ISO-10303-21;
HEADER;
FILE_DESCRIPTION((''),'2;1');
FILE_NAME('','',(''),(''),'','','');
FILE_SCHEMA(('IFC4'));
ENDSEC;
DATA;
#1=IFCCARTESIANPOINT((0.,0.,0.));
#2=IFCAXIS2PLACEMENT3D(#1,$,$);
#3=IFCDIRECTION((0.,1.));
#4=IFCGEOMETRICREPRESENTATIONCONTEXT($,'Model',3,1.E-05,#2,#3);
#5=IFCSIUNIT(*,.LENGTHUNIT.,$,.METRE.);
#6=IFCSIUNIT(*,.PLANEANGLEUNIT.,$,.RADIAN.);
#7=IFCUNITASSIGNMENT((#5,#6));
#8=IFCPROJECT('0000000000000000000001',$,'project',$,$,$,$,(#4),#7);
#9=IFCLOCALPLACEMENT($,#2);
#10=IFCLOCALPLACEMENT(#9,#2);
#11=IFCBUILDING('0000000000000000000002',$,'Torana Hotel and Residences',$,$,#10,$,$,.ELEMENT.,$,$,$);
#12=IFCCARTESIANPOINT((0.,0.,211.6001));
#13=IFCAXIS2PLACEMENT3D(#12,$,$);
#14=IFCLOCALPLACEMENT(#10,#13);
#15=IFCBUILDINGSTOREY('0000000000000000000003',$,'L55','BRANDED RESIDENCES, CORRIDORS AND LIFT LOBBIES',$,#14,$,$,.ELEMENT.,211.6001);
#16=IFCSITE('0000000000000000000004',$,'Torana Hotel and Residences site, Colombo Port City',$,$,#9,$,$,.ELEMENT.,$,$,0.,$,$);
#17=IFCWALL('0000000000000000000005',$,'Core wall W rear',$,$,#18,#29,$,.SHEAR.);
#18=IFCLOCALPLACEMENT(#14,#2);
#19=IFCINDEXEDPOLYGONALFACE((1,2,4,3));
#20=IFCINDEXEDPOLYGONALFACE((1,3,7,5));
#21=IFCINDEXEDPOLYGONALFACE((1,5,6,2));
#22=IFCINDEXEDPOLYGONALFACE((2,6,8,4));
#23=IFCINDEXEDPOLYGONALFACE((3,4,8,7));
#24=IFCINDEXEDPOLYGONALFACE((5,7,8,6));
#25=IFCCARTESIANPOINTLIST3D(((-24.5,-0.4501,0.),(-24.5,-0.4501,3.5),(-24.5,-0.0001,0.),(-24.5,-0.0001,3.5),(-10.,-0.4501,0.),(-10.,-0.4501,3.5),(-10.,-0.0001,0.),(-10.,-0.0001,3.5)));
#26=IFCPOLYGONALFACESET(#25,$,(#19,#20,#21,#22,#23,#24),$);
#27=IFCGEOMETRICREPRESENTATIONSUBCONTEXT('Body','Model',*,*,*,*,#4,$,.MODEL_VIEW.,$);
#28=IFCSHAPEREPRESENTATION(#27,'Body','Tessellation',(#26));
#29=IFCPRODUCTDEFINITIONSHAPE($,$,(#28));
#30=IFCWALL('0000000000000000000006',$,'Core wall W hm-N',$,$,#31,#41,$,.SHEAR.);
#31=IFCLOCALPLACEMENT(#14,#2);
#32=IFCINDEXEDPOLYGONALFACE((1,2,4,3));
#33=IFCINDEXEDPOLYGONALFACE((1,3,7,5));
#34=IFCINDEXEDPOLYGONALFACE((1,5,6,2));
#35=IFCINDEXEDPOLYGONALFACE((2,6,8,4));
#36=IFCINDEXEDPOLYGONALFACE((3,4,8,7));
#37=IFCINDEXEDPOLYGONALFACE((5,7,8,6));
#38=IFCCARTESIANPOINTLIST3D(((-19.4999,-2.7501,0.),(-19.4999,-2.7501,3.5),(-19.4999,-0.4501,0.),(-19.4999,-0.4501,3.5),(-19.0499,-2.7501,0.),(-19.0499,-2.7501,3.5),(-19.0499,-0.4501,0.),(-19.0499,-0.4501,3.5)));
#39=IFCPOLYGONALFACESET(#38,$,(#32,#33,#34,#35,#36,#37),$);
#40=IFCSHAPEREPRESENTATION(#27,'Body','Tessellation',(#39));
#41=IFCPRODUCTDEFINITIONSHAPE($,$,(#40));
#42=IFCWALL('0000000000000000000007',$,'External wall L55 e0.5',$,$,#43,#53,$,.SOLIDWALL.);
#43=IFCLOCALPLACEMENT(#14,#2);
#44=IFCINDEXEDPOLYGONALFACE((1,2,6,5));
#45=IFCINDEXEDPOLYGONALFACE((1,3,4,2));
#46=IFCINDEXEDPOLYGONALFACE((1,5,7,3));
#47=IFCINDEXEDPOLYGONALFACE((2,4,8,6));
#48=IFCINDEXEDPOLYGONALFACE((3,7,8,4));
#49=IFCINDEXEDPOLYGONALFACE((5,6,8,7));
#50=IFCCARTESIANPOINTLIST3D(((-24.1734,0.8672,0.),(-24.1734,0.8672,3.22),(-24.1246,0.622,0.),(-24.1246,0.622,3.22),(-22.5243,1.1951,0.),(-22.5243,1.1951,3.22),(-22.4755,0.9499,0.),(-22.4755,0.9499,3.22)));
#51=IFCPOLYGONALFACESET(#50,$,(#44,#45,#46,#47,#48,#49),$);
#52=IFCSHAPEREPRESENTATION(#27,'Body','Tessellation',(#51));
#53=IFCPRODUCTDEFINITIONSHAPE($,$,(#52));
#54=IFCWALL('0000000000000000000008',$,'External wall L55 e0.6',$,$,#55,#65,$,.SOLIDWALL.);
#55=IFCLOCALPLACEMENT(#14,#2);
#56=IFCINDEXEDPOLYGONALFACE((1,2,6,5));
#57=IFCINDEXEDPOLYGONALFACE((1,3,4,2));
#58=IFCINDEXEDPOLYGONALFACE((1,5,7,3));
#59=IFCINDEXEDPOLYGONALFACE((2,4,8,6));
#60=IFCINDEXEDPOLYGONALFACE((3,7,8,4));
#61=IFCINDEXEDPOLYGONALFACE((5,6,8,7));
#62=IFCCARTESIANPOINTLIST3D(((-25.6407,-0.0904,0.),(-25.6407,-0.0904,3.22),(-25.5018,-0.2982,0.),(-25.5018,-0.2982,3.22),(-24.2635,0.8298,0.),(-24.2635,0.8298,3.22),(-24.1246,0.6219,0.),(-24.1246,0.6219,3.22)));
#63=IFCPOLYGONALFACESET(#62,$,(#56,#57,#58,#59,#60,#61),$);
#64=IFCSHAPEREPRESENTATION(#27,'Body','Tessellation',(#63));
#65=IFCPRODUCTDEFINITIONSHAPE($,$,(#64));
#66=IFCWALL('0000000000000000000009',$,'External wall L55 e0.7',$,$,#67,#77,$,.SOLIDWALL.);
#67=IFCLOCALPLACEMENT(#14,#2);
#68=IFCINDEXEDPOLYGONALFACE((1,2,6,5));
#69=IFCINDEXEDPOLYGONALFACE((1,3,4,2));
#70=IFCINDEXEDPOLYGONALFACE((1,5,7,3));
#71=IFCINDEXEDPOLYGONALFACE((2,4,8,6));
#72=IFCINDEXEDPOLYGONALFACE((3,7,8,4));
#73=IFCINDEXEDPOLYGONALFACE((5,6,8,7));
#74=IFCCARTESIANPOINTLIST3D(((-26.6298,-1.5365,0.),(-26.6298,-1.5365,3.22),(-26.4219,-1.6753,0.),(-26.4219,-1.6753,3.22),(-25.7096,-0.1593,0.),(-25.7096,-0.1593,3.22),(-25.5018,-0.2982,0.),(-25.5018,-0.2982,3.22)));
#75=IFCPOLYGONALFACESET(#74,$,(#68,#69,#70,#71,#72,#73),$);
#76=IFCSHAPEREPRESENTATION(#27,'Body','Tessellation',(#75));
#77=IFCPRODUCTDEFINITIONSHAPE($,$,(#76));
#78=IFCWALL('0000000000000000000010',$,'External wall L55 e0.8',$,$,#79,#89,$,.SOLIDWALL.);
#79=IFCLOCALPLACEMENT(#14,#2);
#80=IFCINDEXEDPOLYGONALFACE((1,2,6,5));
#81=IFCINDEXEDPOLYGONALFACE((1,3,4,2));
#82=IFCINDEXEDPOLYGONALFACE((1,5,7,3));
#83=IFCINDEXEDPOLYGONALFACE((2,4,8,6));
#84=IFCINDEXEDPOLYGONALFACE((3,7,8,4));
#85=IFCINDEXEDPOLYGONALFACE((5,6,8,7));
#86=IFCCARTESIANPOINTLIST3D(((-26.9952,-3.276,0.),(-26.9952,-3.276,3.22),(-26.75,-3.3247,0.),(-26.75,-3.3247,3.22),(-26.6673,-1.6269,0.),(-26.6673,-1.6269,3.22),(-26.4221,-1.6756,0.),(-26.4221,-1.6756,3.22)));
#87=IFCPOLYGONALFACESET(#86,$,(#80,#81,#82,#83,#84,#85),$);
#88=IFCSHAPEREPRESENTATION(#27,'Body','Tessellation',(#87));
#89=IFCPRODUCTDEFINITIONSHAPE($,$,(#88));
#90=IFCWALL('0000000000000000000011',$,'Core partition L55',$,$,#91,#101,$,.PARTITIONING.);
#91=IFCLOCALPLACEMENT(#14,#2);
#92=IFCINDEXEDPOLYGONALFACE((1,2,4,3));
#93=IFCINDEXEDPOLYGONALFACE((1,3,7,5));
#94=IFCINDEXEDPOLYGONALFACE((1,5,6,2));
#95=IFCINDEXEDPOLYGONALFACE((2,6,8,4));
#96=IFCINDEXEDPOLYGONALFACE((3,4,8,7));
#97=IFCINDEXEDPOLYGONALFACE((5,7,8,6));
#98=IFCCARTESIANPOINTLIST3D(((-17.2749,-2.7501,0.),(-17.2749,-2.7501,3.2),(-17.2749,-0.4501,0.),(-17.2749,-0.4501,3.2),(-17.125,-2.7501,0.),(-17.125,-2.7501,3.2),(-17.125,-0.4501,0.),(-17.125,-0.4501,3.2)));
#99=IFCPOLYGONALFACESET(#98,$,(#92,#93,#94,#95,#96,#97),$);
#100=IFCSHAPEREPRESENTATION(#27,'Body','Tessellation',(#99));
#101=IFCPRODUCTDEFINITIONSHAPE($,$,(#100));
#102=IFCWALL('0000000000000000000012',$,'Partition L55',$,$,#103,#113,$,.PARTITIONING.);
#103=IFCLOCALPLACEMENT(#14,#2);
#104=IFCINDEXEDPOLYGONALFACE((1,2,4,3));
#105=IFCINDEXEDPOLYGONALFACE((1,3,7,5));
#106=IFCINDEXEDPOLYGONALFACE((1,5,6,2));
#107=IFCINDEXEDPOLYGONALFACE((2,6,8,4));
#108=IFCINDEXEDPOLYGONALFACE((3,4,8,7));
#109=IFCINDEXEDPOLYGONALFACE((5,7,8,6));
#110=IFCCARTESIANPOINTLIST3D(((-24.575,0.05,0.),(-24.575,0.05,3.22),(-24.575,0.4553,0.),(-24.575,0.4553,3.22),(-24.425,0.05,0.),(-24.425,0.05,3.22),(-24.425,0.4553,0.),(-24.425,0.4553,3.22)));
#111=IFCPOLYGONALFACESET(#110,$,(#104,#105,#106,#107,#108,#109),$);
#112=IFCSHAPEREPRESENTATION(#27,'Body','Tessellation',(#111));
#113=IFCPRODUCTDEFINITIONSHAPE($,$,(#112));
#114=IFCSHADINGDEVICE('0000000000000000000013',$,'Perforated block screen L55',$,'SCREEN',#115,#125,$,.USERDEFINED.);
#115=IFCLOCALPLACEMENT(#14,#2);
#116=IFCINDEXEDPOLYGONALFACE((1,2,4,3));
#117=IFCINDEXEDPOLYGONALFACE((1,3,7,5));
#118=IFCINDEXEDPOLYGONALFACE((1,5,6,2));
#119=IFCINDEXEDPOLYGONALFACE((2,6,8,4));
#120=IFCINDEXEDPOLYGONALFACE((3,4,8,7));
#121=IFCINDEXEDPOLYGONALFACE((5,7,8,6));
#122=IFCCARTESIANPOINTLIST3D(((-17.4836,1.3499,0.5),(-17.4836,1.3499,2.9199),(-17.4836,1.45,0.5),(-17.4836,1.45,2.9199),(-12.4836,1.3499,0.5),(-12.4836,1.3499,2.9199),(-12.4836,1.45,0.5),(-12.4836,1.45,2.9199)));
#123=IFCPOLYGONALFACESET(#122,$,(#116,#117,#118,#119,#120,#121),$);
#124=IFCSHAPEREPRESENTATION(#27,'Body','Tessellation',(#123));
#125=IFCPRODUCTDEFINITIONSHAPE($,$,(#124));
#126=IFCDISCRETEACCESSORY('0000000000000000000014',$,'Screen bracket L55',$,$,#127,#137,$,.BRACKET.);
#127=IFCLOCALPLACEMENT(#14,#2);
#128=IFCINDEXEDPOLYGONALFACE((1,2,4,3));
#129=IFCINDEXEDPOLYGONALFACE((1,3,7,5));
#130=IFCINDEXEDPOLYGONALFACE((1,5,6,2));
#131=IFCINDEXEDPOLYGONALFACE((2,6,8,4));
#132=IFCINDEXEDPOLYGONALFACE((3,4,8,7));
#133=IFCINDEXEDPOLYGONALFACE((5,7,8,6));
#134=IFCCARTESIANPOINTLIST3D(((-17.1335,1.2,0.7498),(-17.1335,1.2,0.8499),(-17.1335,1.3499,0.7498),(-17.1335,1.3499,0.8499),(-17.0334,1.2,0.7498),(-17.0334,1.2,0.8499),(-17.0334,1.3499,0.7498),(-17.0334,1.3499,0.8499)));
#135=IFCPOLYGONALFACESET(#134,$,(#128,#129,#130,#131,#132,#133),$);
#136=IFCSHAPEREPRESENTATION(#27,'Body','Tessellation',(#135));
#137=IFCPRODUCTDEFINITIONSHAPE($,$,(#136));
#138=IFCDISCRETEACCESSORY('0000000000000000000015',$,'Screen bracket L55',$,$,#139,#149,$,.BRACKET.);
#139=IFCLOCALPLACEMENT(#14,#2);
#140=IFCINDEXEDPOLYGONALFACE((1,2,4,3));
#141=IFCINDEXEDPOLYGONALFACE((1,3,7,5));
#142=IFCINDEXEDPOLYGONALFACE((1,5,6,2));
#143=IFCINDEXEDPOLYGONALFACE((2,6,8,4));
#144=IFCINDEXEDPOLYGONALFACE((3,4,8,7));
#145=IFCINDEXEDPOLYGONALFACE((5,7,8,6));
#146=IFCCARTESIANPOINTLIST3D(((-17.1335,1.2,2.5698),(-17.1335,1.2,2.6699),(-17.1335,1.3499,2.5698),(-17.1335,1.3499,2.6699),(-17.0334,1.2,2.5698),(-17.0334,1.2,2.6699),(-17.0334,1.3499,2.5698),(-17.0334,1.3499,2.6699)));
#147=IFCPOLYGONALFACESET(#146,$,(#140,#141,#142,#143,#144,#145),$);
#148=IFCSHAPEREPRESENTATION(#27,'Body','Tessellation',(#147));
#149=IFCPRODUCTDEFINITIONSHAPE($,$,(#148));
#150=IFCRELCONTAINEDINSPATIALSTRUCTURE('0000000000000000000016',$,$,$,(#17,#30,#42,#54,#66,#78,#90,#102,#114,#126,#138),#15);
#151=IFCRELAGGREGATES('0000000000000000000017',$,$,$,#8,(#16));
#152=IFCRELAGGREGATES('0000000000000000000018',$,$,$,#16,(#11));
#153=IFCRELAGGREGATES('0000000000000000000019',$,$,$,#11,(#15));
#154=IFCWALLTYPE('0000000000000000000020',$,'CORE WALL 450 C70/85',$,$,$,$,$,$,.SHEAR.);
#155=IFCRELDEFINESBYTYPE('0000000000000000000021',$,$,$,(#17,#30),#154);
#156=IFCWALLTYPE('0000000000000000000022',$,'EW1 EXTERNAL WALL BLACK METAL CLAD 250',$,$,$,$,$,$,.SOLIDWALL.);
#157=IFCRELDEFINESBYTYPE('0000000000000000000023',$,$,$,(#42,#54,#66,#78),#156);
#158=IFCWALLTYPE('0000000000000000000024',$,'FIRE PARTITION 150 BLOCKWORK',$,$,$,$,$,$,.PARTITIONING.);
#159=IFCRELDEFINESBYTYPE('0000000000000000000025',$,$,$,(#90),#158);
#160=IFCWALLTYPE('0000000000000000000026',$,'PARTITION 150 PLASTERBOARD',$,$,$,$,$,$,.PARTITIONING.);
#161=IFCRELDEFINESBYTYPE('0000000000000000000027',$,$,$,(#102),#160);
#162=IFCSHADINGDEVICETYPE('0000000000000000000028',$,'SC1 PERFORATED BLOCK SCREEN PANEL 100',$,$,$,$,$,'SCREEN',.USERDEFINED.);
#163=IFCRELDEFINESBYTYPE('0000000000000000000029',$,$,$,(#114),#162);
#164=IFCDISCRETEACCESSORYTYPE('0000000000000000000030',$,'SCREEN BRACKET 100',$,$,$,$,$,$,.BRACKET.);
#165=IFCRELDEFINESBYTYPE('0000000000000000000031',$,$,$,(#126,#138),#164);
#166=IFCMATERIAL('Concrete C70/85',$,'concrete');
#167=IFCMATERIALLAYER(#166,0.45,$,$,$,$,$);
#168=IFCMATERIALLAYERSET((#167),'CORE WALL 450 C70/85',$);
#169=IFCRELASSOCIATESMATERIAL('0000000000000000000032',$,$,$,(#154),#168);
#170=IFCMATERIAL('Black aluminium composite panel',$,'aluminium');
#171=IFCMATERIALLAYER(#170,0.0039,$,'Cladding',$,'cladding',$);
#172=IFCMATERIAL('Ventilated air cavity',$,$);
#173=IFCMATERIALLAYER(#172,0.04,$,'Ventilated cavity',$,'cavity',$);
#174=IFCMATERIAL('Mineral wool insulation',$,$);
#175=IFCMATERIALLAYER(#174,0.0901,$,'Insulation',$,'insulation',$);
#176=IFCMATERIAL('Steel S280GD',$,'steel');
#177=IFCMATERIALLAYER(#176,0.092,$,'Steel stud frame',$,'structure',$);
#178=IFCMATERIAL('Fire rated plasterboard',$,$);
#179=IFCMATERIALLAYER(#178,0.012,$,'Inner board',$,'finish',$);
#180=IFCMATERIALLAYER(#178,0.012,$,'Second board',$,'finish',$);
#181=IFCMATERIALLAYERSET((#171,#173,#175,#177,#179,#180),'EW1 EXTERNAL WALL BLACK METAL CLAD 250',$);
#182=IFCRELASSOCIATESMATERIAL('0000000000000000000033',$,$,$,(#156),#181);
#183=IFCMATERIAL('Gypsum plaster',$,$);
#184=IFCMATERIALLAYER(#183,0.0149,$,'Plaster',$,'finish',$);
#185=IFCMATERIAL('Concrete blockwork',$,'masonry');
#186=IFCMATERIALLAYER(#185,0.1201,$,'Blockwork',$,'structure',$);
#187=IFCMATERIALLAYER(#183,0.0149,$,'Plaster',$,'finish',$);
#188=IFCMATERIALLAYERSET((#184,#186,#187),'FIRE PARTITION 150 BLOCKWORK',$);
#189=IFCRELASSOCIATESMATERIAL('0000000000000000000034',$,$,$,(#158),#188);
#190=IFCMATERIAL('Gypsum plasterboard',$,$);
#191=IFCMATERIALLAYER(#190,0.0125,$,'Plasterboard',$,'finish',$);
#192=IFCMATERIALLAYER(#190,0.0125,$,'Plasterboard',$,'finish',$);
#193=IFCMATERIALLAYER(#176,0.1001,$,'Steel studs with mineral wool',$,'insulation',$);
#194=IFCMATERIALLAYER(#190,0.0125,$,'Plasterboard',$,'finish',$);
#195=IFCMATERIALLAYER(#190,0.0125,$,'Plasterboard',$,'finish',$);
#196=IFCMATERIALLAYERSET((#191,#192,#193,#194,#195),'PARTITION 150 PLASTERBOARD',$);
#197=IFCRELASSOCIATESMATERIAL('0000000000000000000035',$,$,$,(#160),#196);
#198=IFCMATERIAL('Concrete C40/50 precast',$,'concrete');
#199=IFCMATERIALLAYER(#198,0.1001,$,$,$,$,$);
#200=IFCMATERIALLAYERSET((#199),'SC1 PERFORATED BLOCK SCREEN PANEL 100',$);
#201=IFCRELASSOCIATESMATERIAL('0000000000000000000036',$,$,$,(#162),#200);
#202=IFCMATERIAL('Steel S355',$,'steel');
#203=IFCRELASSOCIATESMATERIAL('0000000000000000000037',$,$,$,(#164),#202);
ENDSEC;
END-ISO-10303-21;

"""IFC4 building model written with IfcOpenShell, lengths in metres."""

from ifc_helpers import new_model, si_unit, direction, frame, frame_2d, origin, origin_2d, place, context, subcontext, project, spatial, rectangle, extrude, material, layer, layer_set, type_object, element, save


model = new_model("IFC4")

# Units and contexts
model_context = context("Model", 3, precision=1e-05, world=origin(), true_north=direction((0.0, 1.0)))
body_context = subcontext(model_context, "Body", "Model", "MODEL_VIEW")
ifc_project = project(units=[si_unit("LENGTHUNIT", "METRE"), si_unit("PLANEANGLEUNIT", "RADIAN")], contexts=[model_context])

# Site, building, storey
site_placement = place(None, origin())
site = spatial("IfcSite", under=ifc_project, at=site_placement, Name="Torana Hotel and Residences site, Colombo Port City", CompositionType="ELEMENT", RefElevation=0.0)
building_placement = place(site_placement, origin())
building = spatial("IfcBuilding", under=site, at=building_placement, Name="Torana Hotel and Residences", CompositionType="ELEMENT")
storey_placement = place(building_placement, frame((0.0, 0.0, 211.6001)))
storey = spatial("IfcBuildingStorey", under=building, at=storey_placement, Name="L55", Description="BRANDED RESIDENCES, CORRIDORS AND LIFT LOBBIES", CompositionType="ELEMENT", Elevation=211.6001)

# Walls
ifc_material_1 = material(Name="Concrete C70/85", Category="concrete")
ifc_layer_1 = layer(ifc_material_1, 0.45)
ifc_layer_set_1 = layer_set([ifc_layer_1], Name="CORE WALL 450 C70/85")
wall_type_1 = type_object("IfcWallType", Name="CORE WALL 450 C70/85", PredefinedType="SHEAR", material=ifc_layer_set_1)
wall_1_placement = place(storey_placement, frame((-24.5, -0.2251, 0.0), z_axis=(0.0, 0.0, 1.0), x_axis=(1.0, 0.0, 0.0)))
element("IfcWall", 1, at=wall_1_placement, inside=storey, type_object=wall_type_1, Name="Core wall W rear", PredefinedType="SHEAR", context=body_context, shape_type="SweptSolid", body=[
    extrude(rectangle(XDim=14.5, YDim=0.45, at=frame_2d((7.25, 0.0))), origin(), (0.0, 0.0, 1.0), 3.5),
])
wall_2_placement = place(storey_placement, frame((-19.2749, -2.75, 0.0), z_axis=(0.0, 0.0, 1.0), x_axis=(0.0, 1.0, 0.0)))
element("IfcWall", 2, at=wall_2_placement, inside=storey, type_object=wall_type_1, Name="Core wall W hm-N", PredefinedType="SHEAR", context=body_context, shape_type="SweptSolid", body=[
    extrude(rectangle(XDim=2.3, YDim=0.45, at=frame_2d((1.1499, 0.0))), origin(), (0.0, 0.0, 1.0), 3.5),
])
ifc_material_2 = material(Name="Black aluminium composite panel", Category="aluminium")
ifc_layer_2 = layer(ifc_material_2, 0.0039, Name="Cladding", Category="cladding")
ifc_material_3 = material(Name="Ventilated air cavity")
ifc_layer_3 = layer(ifc_material_3, 0.04, Name="Ventilated cavity", Category="cavity")
ifc_material_4 = material(Name="Mineral wool insulation")
ifc_layer_4 = layer(ifc_material_4, 0.0901, Name="Insulation", Category="insulation")
ifc_material_5 = material(Name="Steel S280GD", Category="steel")
ifc_layer_5 = layer(ifc_material_5, 0.092, Name="Steel stud frame", Category="structure")
ifc_material_6 = material(Name="Fire rated plasterboard")
ifc_layer_6 = layer(ifc_material_6, 0.012, Name="Inner board", Category="finish")
ifc_layer_7 = layer(ifc_material_6, 0.012, Name="Second board", Category="finish")
ifc_layer_set_2 = layer_set([ifc_layer_2, ifc_layer_3, ifc_layer_4, ifc_layer_5, ifc_layer_6, ifc_layer_7], Name="EW1 EXTERNAL WALL BLACK METAL CLAD 250")
wall_type_2 = type_object("IfcWallType", Name="EW1 EXTERNAL WALL BLACK METAL CLAD 250", PredefinedType="SOLIDWALL", material=ifc_layer_set_2)
wall_3_placement = place(storey_placement, frame((-22.4998, 1.0725, 0.0), z_axis=(0.0, 0.0, 1.0), x_axis=(-0.980803, -0.194999, 0.0)))
element("IfcWall", 3, at=wall_3_placement, inside=storey, type_object=wall_type_2, Name="External wall L55 e0.5", PredefinedType="SOLIDWALL", context=body_context, shape_type="SweptSolid", body=[
    extrude(rectangle(XDim=1.6814, YDim=0.25, at=frame_2d((0.8408, 0.0))), origin(), (0.0, 0.0, 1.0), 3.22),
])
for number, where, z_axis, x_axis, name in (
    (4, (-24.1941, 0.7258, 0.0), (0.0, 0.0, 1.0), (-0.831483, -0.55555, 0.0), "External wall L55 e0.6"),
    (5, (-25.6057, -0.2288, 0.0), (0.0, 0.0, 1.0), (-0.55555, -0.831483, 0.0), "External wall L55 e0.7"),
):
    element("IfcWall", number, at=place(storey_placement, frame(where, z_axis=z_axis, x_axis=x_axis)), inside=storey, type_object=wall_type_2, Name=name, PredefinedType="SOLIDWALL", context=body_context, shape_type="SweptSolid", body=[
        extrude(rectangle(XDim=1.6562, YDim=0.25, at=frame_2d((0.8281, 0.0))), origin(), (0.0, 0.0, 1.0), 3.22),
    ])
wall_4_placement = place(storey_placement, frame((-26.5447, -1.6511, 0.0), z_axis=(0.0, 0.0, 1.0), x_axis=(-0.194999, -0.980803, 0.0)))
element("IfcWall", 6, at=wall_4_placement, inside=storey, type_object=wall_type_2, Name="External wall L55 e0.8", PredefinedType="SOLIDWALL", context=body_context, shape_type="SweptSolid", body=[
    extrude(rectangle(XDim=1.6814, YDim=0.25, at=frame_2d((0.8408, 0.0))), origin(), (0.0, 0.0, 1.0), 3.22),
])

# Walls
ifc_material_7 = material(Name="Gypsum plaster")
ifc_layer_8 = layer(ifc_material_7, 0.0149, Name="Plaster", Category="finish")
ifc_material_8 = material(Name="Concrete blockwork", Category="masonry")
ifc_layer_9 = layer(ifc_material_8, 0.1201, Name="Blockwork", Category="structure")
ifc_layer_10 = layer(ifc_material_7, 0.0149, Name="Plaster", Category="finish")
ifc_layer_set_3 = layer_set([ifc_layer_8, ifc_layer_9, ifc_layer_10], Name="FIRE PARTITION 150 BLOCKWORK")
wall_type_3 = type_object("IfcWallType", Name="FIRE PARTITION 150 BLOCKWORK", PredefinedType="PARTITIONING", material=ifc_layer_set_3)
wall_5_placement = place(storey_placement, frame((-17.2, -2.75, 0.0), z_axis=(0.0, 0.0, 1.0), x_axis=(0.0, 1.0, 0.0)))
element("IfcWall", 7, at=wall_5_placement, inside=storey, type_object=wall_type_3, Name="Core partition L55", PredefinedType="PARTITIONING", context=body_context, shape_type="SweptSolid", body=[
    extrude(rectangle(XDim=2.3, YDim=0.1499, at=frame_2d((1.1499, 0.0))), origin(), (0.0, 0.0, 1.0), 3.2),
])
ifc_material_9 = material(Name="Gypsum plasterboard")
ifc_layer_11 = layer(ifc_material_9, 0.0125, Name="Plasterboard", Category="finish")
ifc_layer_12 = layer(ifc_material_9, 0.0125, Name="Plasterboard", Category="finish")
ifc_layer_13 = layer(ifc_material_5, 0.1001, Name="Steel studs with mineral wool", Category="insulation")
ifc_layer_14 = layer(ifc_material_9, 0.0125, Name="Plasterboard", Category="finish")
ifc_layer_15 = layer(ifc_material_9, 0.0125, Name="Plasterboard", Category="finish")
ifc_layer_set_4 = layer_set([ifc_layer_11, ifc_layer_12, ifc_layer_13, ifc_layer_14, ifc_layer_15], Name="PARTITION 150 PLASTERBOARD")
wall_type_4 = type_object("IfcWallType", Name="PARTITION 150 PLASTERBOARD", PredefinedType="PARTITIONING", material=ifc_layer_set_4)
wall_6_placement = place(storey_placement, frame((-24.5, 0.05, 0.0), z_axis=(0.0, 0.0, 1.0), x_axis=(0.0, 1.0, 0.0)))
element("IfcWall", 8, at=wall_6_placement, inside=storey, type_object=wall_type_4, Name="Partition L55", PredefinedType="PARTITIONING", context=body_context, shape_type="SweptSolid", body=[
    extrude(rectangle(XDim=0.4053, YDim=0.1499, at=frame_2d((0.2026, 0.0))), origin(), (0.0, 0.0, 1.0), 3.22),
])

# Shading device
ifc_material_10 = material(Name="Concrete C40/50 precast", Category="concrete")
ifc_layer_16 = layer(ifc_material_10, 0.1001)
ifc_layer_set_5 = layer_set([ifc_layer_16], Name="SC1 PERFORATED BLOCK SCREEN PANEL 100")
shading_device_type = type_object("IfcShadingDeviceType", Name="SC1 PERFORATED BLOCK SCREEN PANEL 100", ElementType="SCREEN", PredefinedType="USERDEFINED", material=ifc_layer_set_5)
shading_device_placement = place(storey_placement, frame((-14.9836, 1.3999, 0.5), z_axis=(0.0, 0.0, 1.0), x_axis=(-1.0, 0.0, 0.0)))
element("IfcShadingDevice", 9, at=shading_device_placement, inside=storey, type_object=shading_device_type, Name="Perforated block screen L55", ObjectType="SCREEN", PredefinedType="USERDEFINED", context=body_context, shape_type="SweptSolid", body=[
    extrude(rectangle(XDim=5.0, YDim=0.1001, at=origin_2d()), origin(), (0.0, 0.0, 1.0), 2.4199),
])

# Discrete accessories
ifc_material_11 = material(Name="Steel S355", Category="steel")
discrete_accessory_type = type_object("IfcDiscreteAccessoryType", Name="SCREEN BRACKET 100", PredefinedType="BRACKET", material=ifc_material_11)
for number, where, z_axis, x_axis, name in (
    (10, (-17.0835, 1.2749, 0.7498), (0.0, 0.0, 1.0), (-1.0, 0.0, 0.0), "Screen bracket L55"),
    (11, (-17.0835, 1.2749, 2.5698), (0.0, 0.0, 1.0), (-1.0, 0.0, 0.0), "Screen bracket L55"),
):
    element("IfcDiscreteAccessory", number, at=place(storey_placement, frame(where, z_axis=z_axis, x_axis=x_axis)), inside=storey, type_object=discrete_accessory_type, Name=name, PredefinedType="BRACKET", context=body_context, shape_type="SweptSolid", body=[
        extrude(rectangle(XDim=0.1001, YDim=0.1499, at=origin_2d()), origin(), (0.0, 0.0, 1.0), 0.1001),
    ])

save(model, "model.ifc")
